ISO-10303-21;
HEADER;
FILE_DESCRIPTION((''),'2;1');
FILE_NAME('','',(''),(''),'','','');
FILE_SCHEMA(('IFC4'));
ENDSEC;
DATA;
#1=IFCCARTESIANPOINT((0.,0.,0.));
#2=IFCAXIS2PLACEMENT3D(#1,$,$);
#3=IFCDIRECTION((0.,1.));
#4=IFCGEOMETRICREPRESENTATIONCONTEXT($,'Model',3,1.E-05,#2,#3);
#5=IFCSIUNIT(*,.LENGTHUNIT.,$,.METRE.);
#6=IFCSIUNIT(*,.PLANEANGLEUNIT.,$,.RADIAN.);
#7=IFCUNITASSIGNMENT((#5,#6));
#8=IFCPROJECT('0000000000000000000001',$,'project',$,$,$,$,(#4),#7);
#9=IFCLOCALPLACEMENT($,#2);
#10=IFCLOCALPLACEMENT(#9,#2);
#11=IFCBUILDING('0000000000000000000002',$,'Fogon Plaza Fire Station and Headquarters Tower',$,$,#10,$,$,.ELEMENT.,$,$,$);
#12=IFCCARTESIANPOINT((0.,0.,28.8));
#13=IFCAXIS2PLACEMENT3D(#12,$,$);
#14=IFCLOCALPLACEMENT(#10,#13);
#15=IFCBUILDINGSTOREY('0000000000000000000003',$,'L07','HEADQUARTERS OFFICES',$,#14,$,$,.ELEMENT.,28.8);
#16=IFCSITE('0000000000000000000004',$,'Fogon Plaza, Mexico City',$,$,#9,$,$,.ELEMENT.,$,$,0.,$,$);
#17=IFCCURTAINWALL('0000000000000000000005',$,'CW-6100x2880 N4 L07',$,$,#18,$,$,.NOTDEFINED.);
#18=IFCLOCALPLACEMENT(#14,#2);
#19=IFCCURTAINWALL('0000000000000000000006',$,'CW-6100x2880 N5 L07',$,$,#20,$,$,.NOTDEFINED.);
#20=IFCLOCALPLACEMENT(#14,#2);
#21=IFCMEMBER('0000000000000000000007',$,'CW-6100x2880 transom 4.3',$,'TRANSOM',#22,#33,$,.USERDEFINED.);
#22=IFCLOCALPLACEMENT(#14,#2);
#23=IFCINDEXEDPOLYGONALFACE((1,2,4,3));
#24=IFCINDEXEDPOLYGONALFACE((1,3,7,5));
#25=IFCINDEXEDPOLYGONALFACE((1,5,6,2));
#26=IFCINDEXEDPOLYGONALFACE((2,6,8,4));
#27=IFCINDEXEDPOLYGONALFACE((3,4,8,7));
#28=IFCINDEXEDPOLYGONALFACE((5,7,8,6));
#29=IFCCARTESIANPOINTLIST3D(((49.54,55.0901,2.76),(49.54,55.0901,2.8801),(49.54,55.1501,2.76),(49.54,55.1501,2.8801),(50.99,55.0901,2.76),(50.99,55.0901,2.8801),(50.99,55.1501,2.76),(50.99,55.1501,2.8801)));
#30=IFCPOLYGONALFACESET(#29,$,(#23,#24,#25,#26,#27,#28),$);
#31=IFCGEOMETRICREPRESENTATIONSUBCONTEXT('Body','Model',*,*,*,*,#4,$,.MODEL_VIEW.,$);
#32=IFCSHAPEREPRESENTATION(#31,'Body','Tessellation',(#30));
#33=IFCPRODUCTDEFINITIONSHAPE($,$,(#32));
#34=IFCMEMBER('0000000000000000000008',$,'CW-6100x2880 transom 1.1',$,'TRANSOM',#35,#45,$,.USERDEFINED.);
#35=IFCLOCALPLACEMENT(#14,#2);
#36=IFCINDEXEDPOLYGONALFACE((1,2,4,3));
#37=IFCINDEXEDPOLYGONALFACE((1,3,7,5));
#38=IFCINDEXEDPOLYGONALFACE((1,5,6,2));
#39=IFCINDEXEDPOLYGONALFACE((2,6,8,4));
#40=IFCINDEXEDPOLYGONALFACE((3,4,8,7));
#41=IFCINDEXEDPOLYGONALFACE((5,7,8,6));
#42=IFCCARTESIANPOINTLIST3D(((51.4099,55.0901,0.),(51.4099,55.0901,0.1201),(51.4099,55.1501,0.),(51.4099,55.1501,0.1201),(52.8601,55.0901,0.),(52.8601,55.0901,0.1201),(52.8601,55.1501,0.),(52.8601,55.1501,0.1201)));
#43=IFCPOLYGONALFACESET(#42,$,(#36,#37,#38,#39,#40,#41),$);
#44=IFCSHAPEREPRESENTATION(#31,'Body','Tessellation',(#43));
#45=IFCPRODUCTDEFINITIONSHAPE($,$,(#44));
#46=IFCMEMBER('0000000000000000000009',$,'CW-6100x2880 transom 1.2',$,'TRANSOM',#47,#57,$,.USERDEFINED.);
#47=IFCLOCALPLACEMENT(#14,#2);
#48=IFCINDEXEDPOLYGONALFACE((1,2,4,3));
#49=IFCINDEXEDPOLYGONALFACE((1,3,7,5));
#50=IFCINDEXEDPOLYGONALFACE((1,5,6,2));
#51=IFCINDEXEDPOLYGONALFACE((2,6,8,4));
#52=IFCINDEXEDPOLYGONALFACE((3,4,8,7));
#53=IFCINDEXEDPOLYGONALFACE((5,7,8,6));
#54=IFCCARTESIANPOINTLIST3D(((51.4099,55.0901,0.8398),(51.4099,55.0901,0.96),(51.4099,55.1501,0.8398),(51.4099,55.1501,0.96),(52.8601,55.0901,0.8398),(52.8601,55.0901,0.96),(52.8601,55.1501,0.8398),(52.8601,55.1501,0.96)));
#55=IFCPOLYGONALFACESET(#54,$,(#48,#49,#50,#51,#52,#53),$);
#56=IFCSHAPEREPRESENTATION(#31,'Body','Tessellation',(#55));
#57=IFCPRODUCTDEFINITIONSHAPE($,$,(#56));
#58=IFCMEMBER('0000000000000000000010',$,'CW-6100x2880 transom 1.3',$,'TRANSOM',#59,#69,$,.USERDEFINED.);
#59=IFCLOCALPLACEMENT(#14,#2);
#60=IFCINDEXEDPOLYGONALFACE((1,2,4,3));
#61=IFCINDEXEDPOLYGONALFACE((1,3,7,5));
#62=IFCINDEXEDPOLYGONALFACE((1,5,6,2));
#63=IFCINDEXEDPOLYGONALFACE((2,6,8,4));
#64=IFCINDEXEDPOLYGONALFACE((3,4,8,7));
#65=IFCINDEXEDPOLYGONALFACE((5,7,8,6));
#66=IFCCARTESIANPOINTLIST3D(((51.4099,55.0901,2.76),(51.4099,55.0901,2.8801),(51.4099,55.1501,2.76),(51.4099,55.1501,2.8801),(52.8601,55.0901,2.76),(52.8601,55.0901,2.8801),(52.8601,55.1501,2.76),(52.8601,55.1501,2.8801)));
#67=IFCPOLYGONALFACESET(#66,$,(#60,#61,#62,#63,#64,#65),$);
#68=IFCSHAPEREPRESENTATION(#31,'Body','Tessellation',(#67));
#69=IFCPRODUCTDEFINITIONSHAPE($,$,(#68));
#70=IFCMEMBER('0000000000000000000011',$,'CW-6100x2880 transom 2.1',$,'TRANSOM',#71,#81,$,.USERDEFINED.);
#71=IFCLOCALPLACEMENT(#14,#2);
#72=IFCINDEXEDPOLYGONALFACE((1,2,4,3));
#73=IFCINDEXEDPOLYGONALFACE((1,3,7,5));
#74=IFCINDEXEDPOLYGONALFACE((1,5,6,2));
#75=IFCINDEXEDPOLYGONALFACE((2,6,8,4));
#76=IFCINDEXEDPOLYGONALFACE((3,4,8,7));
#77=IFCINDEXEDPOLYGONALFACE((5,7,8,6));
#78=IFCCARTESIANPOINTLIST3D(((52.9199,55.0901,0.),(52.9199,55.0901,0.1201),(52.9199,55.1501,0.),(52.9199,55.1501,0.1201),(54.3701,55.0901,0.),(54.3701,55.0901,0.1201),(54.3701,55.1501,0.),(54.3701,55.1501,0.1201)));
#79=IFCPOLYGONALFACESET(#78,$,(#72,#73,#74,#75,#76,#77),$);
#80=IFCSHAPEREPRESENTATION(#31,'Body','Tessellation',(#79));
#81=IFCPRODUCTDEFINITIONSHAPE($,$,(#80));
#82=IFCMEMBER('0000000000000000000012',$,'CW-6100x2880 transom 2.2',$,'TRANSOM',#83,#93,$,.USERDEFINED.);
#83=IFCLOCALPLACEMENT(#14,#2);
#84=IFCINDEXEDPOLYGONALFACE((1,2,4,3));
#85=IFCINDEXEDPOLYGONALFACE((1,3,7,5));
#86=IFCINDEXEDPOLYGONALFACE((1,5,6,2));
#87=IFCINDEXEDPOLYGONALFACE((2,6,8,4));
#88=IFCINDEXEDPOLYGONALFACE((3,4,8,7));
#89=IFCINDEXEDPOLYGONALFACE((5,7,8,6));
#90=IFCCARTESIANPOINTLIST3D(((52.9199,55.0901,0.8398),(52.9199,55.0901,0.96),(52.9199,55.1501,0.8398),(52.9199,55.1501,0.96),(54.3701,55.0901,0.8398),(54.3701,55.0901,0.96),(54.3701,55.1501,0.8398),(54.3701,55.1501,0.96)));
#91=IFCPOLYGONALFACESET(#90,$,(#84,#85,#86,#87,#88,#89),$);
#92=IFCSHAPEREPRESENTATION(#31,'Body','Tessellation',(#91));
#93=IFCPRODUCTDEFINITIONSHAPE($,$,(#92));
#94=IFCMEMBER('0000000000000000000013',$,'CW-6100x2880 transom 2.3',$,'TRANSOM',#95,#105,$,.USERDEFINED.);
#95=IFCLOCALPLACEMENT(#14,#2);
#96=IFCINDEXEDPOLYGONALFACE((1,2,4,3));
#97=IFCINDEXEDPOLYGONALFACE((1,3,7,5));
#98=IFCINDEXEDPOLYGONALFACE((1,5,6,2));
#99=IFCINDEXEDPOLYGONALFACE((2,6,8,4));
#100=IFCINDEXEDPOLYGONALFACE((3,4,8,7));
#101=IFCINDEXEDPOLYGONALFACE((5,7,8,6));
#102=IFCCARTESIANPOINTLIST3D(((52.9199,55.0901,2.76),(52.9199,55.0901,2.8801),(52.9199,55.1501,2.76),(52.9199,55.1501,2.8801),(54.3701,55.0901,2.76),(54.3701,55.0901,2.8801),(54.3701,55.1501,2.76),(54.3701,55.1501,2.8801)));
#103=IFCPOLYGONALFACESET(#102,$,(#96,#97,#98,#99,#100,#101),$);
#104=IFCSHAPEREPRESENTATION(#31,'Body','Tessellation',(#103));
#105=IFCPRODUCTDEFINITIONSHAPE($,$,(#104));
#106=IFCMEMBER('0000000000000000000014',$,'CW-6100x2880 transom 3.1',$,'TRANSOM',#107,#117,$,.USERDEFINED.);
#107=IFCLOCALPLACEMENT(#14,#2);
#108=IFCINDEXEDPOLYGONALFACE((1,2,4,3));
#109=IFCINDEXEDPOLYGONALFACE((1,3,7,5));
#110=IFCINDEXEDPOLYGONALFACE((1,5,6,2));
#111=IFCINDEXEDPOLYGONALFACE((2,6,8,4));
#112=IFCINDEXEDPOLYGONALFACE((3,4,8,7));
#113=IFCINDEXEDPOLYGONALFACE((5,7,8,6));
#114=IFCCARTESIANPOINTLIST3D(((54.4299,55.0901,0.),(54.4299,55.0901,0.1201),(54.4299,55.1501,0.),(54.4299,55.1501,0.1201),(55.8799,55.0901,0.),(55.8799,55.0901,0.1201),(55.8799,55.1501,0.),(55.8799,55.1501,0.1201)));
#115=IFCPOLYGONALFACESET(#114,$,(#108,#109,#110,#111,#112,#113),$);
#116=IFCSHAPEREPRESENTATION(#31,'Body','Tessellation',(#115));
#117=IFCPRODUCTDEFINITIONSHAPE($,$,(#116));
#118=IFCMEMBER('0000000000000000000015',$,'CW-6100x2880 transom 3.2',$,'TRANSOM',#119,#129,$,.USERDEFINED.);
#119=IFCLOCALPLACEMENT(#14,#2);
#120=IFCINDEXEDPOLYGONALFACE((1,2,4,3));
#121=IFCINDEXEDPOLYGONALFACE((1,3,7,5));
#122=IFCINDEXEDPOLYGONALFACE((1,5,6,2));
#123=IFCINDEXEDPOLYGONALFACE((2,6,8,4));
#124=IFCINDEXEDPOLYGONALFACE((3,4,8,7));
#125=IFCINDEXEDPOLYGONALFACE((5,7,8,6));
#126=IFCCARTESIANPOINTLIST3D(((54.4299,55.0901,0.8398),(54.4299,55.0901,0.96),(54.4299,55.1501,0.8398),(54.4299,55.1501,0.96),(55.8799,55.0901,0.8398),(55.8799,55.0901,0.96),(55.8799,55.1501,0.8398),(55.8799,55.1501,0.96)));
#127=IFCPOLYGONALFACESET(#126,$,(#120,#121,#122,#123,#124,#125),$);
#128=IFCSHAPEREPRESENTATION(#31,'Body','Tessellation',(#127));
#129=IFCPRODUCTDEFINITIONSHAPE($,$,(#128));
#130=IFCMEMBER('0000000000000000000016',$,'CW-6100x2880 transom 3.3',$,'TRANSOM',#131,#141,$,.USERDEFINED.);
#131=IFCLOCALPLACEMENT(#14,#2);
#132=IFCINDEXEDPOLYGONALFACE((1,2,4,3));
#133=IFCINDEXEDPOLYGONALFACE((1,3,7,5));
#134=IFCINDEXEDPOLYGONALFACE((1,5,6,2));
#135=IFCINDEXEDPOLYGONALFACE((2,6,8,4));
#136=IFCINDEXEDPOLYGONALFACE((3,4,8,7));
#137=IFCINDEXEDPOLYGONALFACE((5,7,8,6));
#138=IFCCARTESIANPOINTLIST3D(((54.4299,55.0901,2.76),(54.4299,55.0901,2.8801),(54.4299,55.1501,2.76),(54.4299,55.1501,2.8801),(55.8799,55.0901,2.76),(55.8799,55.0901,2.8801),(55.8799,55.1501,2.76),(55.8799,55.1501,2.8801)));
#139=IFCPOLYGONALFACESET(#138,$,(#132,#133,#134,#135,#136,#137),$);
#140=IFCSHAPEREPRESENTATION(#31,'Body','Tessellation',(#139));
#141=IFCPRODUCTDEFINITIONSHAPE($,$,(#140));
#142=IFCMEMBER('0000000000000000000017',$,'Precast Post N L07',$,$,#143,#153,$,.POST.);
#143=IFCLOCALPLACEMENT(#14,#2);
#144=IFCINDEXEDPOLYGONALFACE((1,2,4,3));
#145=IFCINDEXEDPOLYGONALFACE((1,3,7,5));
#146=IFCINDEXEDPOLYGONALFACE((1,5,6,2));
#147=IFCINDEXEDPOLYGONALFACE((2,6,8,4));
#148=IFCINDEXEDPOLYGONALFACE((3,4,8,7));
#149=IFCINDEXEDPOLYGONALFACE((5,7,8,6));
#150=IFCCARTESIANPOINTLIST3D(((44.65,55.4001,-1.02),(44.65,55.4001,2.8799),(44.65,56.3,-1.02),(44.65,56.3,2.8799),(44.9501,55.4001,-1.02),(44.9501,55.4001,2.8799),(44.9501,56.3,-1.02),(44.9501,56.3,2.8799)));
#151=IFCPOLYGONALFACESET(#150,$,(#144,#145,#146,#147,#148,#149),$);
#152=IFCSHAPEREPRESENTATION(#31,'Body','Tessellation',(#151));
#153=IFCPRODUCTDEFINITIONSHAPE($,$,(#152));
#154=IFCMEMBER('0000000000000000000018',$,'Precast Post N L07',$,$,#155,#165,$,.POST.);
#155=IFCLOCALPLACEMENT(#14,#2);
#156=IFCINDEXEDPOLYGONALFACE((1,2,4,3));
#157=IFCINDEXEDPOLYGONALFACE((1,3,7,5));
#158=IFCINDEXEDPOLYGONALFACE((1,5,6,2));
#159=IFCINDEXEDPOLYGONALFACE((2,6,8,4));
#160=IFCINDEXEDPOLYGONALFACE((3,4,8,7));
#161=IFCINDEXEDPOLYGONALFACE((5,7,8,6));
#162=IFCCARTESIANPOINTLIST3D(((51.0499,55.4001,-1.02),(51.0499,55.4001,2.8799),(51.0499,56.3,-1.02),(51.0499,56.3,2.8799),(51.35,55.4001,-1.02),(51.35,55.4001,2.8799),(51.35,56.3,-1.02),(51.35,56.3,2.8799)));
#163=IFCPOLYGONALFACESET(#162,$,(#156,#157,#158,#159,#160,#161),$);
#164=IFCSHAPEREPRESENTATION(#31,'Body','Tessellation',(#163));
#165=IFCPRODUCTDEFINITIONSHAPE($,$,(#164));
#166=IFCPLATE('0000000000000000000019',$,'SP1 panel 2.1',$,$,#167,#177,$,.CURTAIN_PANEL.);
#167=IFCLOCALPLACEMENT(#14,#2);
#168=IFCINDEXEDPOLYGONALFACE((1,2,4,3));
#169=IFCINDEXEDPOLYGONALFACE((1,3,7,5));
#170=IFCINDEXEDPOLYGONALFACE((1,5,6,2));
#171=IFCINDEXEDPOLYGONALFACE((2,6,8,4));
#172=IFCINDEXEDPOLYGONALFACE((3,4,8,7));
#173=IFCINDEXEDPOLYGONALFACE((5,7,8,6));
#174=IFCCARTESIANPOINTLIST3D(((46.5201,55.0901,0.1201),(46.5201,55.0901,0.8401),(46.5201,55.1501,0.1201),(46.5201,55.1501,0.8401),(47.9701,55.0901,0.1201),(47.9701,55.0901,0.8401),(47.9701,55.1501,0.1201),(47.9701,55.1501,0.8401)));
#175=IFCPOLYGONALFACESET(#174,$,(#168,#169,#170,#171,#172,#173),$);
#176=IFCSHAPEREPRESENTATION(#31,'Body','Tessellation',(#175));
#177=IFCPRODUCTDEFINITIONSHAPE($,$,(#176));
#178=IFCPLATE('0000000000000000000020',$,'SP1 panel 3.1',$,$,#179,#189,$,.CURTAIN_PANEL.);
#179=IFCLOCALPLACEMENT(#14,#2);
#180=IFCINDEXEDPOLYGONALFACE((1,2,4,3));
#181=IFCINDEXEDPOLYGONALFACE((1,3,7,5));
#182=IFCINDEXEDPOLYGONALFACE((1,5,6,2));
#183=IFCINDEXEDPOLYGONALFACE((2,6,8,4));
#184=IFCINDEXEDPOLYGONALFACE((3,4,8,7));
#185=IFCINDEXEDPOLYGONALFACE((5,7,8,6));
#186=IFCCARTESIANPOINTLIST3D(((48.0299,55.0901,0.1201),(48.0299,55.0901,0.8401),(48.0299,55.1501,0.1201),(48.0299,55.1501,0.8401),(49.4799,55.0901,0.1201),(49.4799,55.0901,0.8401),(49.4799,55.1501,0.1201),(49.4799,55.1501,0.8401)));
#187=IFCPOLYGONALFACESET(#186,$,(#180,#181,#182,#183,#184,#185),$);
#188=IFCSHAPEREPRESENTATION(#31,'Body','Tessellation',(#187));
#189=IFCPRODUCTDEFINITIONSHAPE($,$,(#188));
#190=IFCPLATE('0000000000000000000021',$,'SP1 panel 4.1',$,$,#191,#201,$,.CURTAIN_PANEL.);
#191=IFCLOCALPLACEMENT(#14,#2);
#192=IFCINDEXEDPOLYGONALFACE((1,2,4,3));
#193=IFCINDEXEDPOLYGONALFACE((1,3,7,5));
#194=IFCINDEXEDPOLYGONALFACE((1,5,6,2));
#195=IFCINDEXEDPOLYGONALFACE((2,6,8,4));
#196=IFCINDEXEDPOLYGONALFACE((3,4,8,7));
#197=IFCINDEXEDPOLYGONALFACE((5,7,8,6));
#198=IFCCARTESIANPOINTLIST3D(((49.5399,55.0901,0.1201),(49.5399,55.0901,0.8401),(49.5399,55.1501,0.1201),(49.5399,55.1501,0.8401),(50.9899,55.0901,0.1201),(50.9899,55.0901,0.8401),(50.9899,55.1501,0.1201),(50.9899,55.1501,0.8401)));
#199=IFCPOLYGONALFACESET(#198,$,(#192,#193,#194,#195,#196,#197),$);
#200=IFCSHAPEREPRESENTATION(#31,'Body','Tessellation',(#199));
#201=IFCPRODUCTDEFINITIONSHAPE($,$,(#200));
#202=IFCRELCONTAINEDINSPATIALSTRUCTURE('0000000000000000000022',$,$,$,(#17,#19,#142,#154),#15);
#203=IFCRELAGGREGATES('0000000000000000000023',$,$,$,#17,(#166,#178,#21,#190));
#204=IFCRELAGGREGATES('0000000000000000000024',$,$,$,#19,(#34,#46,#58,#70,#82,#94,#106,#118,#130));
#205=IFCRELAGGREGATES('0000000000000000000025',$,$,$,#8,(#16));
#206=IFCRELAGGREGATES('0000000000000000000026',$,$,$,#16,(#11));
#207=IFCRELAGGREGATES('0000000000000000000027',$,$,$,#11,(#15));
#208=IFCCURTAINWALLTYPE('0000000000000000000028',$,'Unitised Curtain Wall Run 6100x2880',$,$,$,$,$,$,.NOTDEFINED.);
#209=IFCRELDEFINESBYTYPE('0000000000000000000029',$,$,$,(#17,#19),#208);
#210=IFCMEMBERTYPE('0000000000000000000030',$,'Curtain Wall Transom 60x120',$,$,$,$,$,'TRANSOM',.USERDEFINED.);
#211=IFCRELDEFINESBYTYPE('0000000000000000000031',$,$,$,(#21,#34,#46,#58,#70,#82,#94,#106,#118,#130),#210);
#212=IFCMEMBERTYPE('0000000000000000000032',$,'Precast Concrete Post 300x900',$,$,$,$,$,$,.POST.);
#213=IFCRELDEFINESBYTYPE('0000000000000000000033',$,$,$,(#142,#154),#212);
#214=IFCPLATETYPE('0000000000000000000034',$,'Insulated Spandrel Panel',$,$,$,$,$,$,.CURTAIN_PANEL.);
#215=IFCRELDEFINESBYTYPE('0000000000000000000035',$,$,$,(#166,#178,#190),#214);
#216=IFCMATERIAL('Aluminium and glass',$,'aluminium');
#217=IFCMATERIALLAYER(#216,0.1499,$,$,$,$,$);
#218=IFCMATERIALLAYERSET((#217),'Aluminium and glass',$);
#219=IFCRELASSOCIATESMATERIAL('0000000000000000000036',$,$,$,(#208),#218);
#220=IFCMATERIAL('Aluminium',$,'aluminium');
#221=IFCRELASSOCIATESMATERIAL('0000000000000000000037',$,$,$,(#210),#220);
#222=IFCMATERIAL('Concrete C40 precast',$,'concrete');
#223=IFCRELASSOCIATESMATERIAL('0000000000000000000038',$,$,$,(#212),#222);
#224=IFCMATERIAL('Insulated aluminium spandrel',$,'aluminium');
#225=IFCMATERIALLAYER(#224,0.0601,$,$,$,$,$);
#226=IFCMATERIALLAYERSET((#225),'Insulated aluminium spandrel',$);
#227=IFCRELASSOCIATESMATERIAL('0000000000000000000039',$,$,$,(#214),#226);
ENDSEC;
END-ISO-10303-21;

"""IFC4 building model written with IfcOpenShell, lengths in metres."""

from ifc_helpers import new_model, si_unit, direction, frame, origin, origin_2d, place, context, subcontext, project, spatial, rectangle, extrude, material, layer, layer_set, material_profile, profile_set, type_object, element, aggregate, save


model = new_model("IFC4")

# Units and contexts
model_context = context("Model", 3, precision=1e-05, world=origin(), true_north=direction((0.0, 1.0)))
body_context = subcontext(model_context, "Body", "Model", "MODEL_VIEW")
ifc_project = project(units=[si_unit("LENGTHUNIT", "METRE"), si_unit("PLANEANGLEUNIT", "RADIAN")], contexts=[model_context])

# Site, building, storey
site_placement = place(None, origin())
site = spatial("IfcSite", under=ifc_project, at=site_placement, Name="Fogon Plaza, Mexico City", CompositionType="ELEMENT", RefElevation=0.0)
building_placement = place(site_placement, origin())
building = spatial("IfcBuilding", under=site, at=building_placement, Name="Fogon Plaza Fire Station and Headquarters Tower", CompositionType="ELEMENT")
storey_placement = place(building_placement, frame((0.0, 0.0, 28.8)))
storey = spatial("IfcBuildingStorey", under=building, at=storey_placement, Name="L07", Description="HEADQUARTERS OFFICES", CompositionType="ELEMENT", Elevation=28.8)

# Curtain walls
ifc_material_1 = material(Name="Aluminium and glass", Category="aluminium")
ifc_layer_1 = layer(ifc_material_1, 0.1499)
ifc_layer_set_1 = layer_set([ifc_layer_1], Name="Aluminium and glass")
curtain_wall_type = type_object("IfcCurtainWallType", Name="Unitised Curtain Wall Run 6100x2880", PredefinedType="NOTDEFINED", material=ifc_layer_set_1)
curtain_wall_1_placement = place(storey_placement, origin())
curtain_wall_1 = element("IfcCurtainWall", 1, at=curtain_wall_1_placement, inside=storey, type_object=curtain_wall_type, Name="CW-6100x2880 N4 L07", PredefinedType="NOTDEFINED")
curtain_wall_2_placement = place(storey_placement, origin())
curtain_wall_2 = element("IfcCurtainWall", 2, at=curtain_wall_2_placement, inside=storey, type_object=curtain_wall_type, Name="CW-6100x2880 N5 L07", PredefinedType="NOTDEFINED")

# Members
ifc_material_2 = material(Name="Aluminium", Category="aluminium")
ifc_material_profile_1 = material_profile(ifc_material_2, rectangle(XDim=0.0601, YDim=0.1201, at=origin_2d()), Name="Curtain Wall Transom 60x120")
ifc_profile_set_1 = profile_set([ifc_material_profile_1], Name="Aluminium")
member_type_1 = type_object("IfcMemberType", Name="Curtain Wall Transom 60x120", ElementType="TRANSOM", PredefinedType="USERDEFINED", material=ifc_profile_set_1)
member_1_placement = place(storey_placement, frame((49.54, 55.1201, 2.8201), z_axis=(1.0, 0.0, 0.0), x_axis=(0.0, 1.0, 0.0)))
member_1 = element("IfcMember", 3, at=member_1_placement, type_object=member_type_1, Name="CW-6100x2880 transom 4.3", ObjectType="TRANSOM", PredefinedType="USERDEFINED", context=body_context, shape_type="SweptSolid", body=[
    extrude(rectangle(XDim=0.0601, YDim=0.1201, at=origin_2d()), origin(), (0.0, 0.0, 1.0), 1.45),
])
member_2_placement = place(storey_placement, frame((51.4099, 55.1201, 0.0601), z_axis=(1.0, 0.0, 0.0), x_axis=(0.0, 1.0, 0.0)))
member_2 = element("IfcMember", 4, at=member_2_placement, type_object=member_type_1, Name="CW-6100x2880 transom 1.1", ObjectType="TRANSOM", PredefinedType="USERDEFINED", context=body_context, shape_type="SweptSolid", body=[
    extrude(rectangle(XDim=0.0601, YDim=0.1201, at=origin_2d()), origin(), (0.0, 0.0, 1.0), 1.4502),
])
member_3_placement = place(storey_placement, frame((51.4099, 55.1201, 0.8999), z_axis=(1.0, 0.0, 0.0), x_axis=(0.0, 1.0, 0.0)))
member_3 = element("IfcMember", 5, at=member_3_placement, type_object=member_type_1, Name="CW-6100x2880 transom 1.2", ObjectType="TRANSOM", PredefinedType="USERDEFINED", context=body_context, shape_type="SweptSolid", body=[
    extrude(rectangle(XDim=0.0601, YDim=0.1201, at=origin_2d()), origin(), (0.0, 0.0, 1.0), 1.4502),
])
member_4_placement = place(storey_placement, frame((51.4099, 55.1201, 2.8201), z_axis=(1.0, 0.0, 0.0), x_axis=(0.0, 1.0, 0.0)))
member_4 = element("IfcMember", 6, at=member_4_placement, type_object=member_type_1, Name="CW-6100x2880 transom 1.3", ObjectType="TRANSOM", PredefinedType="USERDEFINED", context=body_context, shape_type="SweptSolid", body=[
    extrude(rectangle(XDim=0.0601, YDim=0.1201, at=origin_2d()), origin(), (0.0, 0.0, 1.0), 1.4502),
])
member_5_placement = place(storey_placement, frame((52.9199, 55.1201, 0.0601), z_axis=(1.0, 0.0, 0.0), x_axis=(0.0, 1.0, 0.0)))
member_5 = element("IfcMember", 7, at=member_5_placement, type_object=member_type_1, Name="CW-6100x2880 transom 2.1", ObjectType="TRANSOM", PredefinedType="USERDEFINED", context=body_context, shape_type="SweptSolid", body=[
    extrude(rectangle(XDim=0.0601, YDim=0.1201, at=origin_2d()), origin(), (0.0, 0.0, 1.0), 1.4502),
])
member_6_placement = place(storey_placement, frame((52.9199, 55.1201, 0.8999), z_axis=(1.0, 0.0, 0.0), x_axis=(0.0, 1.0, 0.0)))
member_6 = element("IfcMember", 8, at=member_6_placement, type_object=member_type_1, Name="CW-6100x2880 transom 2.2", ObjectType="TRANSOM", PredefinedType="USERDEFINED", context=body_context, shape_type="SweptSolid", body=[
    extrude(rectangle(XDim=0.0601, YDim=0.1201, at=origin_2d()), origin(), (0.0, 0.0, 1.0), 1.4502),
])
member_7_placement = place(storey_placement, frame((52.9199, 55.1201, 2.8201), z_axis=(1.0, 0.0, 0.0), x_axis=(0.0, 1.0, 0.0)))
member_7 = element("IfcMember", 9, at=member_7_placement, type_object=member_type_1, Name="CW-6100x2880 transom 2.3", ObjectType="TRANSOM", PredefinedType="USERDEFINED", context=body_context, shape_type="SweptSolid", body=[
    extrude(rectangle(XDim=0.0601, YDim=0.1201, at=origin_2d()), origin(), (0.0, 0.0, 1.0), 1.4502),
])
member_8_placement = place(storey_placement, frame((54.4299, 55.1201, 0.0601), z_axis=(1.0, 0.0, 0.0), x_axis=(0.0, 1.0, 0.0)))
member_8 = element("IfcMember", 10, at=member_8_placement, type_object=member_type_1, Name="CW-6100x2880 transom 3.1", ObjectType="TRANSOM", PredefinedType="USERDEFINED", context=body_context, shape_type="SweptSolid", body=[
    extrude(rectangle(XDim=0.0601, YDim=0.1201, at=origin_2d()), origin(), (0.0, 0.0, 1.0), 1.45),
])
member_9_placement = place(storey_placement, frame((54.4299, 55.1201, 0.8999), z_axis=(1.0, 0.0, 0.0), x_axis=(0.0, 1.0, 0.0)))
member_9 = element("IfcMember", 11, at=member_9_placement, type_object=member_type_1, Name="CW-6100x2880 transom 3.2", ObjectType="TRANSOM", PredefinedType="USERDEFINED", context=body_context, shape_type="SweptSolid", body=[
    extrude(rectangle(XDim=0.0601, YDim=0.1201, at=origin_2d()), origin(), (0.0, 0.0, 1.0), 1.45),
])
member_10_placement = place(storey_placement, frame((54.4299, 55.1201, 2.8201), z_axis=(1.0, 0.0, 0.0), x_axis=(0.0, 1.0, 0.0)))
member_10 = element("IfcMember", 12, at=member_10_placement, type_object=member_type_1, Name="CW-6100x2880 transom 3.3", ObjectType="TRANSOM", PredefinedType="USERDEFINED", context=body_context, shape_type="SweptSolid", body=[
    extrude(rectangle(XDim=0.0601, YDim=0.1201, at=origin_2d()), origin(), (0.0, 0.0, 1.0), 1.45),
])

# Members
ifc_material_3 = material(Name="Concrete C40 precast", Category="concrete")
ifc_material_profile_2 = material_profile(ifc_material_3, rectangle(XDim=0.3, YDim=0.8999, at=origin_2d()), Name="Precast Concrete Post 300x900")
ifc_profile_set_2 = profile_set([ifc_material_profile_2], Name="Concrete C40 precast")
member_type_2 = type_object("IfcMemberType", Name="Precast Concrete Post 300x900", PredefinedType="POST", material=ifc_profile_set_2)
for number, where, z_axis, x_axis, name in (
    (13, (44.8, 55.8501, -1.02), (0.0, 0.0, 1.0), (1.0, 0.0, 0.0), "Precast Post N L07"),
    (14, (51.2, 55.8501, -1.02), (0.0, 0.0, 1.0), (1.0, 0.0, 0.0), "Precast Post N L07"),
):
    element("IfcMember", number, at=place(storey_placement, frame(where, z_axis=z_axis, x_axis=x_axis)), inside=storey, type_object=member_type_2, Name=name, PredefinedType="POST", context=body_context, shape_type="SweptSolid", body=[
        extrude(rectangle(XDim=0.3, YDim=0.8999, at=origin_2d()), origin(), (0.0, 0.0, 1.0), 3.8999),
    ])

# Plates
ifc_material_4 = material(Name="Insulated aluminium spandrel", Category="aluminium")
ifc_layer_2 = layer(ifc_material_4, 0.0601)
ifc_layer_set_2 = layer_set([ifc_layer_2], Name="Insulated aluminium spandrel")
plate_type_1 = type_object("IfcPlateType", Name="Insulated Spandrel Panel", PredefinedType="CURTAIN_PANEL", material=ifc_layer_set_2)
plate_1_placement = place(storey_placement, frame((47.2451, 55.1201, 0.1201), z_axis=(0.0, 0.0, 1.0), x_axis=(1.0, 0.0, 0.0)))
plate_1 = element("IfcPlate", 15, at=plate_1_placement, type_object=plate_type_1, Name="SP1 panel 2.1", PredefinedType="CURTAIN_PANEL", context=body_context, shape_type="SweptSolid", body=[
    extrude(rectangle(XDim=1.45, YDim=0.0601, at=origin_2d()), origin(), (0.0, 0.0, 1.0), 0.72),
])
plate_2_placement = place(storey_placement, frame((48.7549, 55.1201, 0.1201), z_axis=(0.0, 0.0, 1.0), x_axis=(1.0, 0.0, 0.0)))
plate_2 = element("IfcPlate", 16, at=plate_2_placement, type_object=plate_type_1, Name="SP1 panel 3.1", PredefinedType="CURTAIN_PANEL", context=body_context, shape_type="SweptSolid", body=[
    extrude(rectangle(XDim=1.45, YDim=0.0601, at=origin_2d()), origin(), (0.0, 0.0, 1.0), 0.72),
])
plate_3_placement = place(storey_placement, frame((50.2649, 55.1201, 0.1201), z_axis=(0.0, 0.0, 1.0), x_axis=(1.0, 0.0, 0.0)))
plate_3 = element("IfcPlate", 17, at=plate_3_placement, type_object=plate_type_1, Name="SP1 panel 4.1", PredefinedType="CURTAIN_PANEL", context=body_context, shape_type="SweptSolid", body=[
    extrude(rectangle(XDim=1.45, YDim=0.0601, at=origin_2d()), origin(), (0.0, 0.0, 1.0), 0.72),
])
aggregate(curtain_wall_1, [plate_1, plate_2, member_1, plate_3])
aggregate(curtain_wall_2, [member_2, member_3, member_4, member_5, member_6, member_7, member_8, member_9, member_10])

save(model, "model.ifc")
